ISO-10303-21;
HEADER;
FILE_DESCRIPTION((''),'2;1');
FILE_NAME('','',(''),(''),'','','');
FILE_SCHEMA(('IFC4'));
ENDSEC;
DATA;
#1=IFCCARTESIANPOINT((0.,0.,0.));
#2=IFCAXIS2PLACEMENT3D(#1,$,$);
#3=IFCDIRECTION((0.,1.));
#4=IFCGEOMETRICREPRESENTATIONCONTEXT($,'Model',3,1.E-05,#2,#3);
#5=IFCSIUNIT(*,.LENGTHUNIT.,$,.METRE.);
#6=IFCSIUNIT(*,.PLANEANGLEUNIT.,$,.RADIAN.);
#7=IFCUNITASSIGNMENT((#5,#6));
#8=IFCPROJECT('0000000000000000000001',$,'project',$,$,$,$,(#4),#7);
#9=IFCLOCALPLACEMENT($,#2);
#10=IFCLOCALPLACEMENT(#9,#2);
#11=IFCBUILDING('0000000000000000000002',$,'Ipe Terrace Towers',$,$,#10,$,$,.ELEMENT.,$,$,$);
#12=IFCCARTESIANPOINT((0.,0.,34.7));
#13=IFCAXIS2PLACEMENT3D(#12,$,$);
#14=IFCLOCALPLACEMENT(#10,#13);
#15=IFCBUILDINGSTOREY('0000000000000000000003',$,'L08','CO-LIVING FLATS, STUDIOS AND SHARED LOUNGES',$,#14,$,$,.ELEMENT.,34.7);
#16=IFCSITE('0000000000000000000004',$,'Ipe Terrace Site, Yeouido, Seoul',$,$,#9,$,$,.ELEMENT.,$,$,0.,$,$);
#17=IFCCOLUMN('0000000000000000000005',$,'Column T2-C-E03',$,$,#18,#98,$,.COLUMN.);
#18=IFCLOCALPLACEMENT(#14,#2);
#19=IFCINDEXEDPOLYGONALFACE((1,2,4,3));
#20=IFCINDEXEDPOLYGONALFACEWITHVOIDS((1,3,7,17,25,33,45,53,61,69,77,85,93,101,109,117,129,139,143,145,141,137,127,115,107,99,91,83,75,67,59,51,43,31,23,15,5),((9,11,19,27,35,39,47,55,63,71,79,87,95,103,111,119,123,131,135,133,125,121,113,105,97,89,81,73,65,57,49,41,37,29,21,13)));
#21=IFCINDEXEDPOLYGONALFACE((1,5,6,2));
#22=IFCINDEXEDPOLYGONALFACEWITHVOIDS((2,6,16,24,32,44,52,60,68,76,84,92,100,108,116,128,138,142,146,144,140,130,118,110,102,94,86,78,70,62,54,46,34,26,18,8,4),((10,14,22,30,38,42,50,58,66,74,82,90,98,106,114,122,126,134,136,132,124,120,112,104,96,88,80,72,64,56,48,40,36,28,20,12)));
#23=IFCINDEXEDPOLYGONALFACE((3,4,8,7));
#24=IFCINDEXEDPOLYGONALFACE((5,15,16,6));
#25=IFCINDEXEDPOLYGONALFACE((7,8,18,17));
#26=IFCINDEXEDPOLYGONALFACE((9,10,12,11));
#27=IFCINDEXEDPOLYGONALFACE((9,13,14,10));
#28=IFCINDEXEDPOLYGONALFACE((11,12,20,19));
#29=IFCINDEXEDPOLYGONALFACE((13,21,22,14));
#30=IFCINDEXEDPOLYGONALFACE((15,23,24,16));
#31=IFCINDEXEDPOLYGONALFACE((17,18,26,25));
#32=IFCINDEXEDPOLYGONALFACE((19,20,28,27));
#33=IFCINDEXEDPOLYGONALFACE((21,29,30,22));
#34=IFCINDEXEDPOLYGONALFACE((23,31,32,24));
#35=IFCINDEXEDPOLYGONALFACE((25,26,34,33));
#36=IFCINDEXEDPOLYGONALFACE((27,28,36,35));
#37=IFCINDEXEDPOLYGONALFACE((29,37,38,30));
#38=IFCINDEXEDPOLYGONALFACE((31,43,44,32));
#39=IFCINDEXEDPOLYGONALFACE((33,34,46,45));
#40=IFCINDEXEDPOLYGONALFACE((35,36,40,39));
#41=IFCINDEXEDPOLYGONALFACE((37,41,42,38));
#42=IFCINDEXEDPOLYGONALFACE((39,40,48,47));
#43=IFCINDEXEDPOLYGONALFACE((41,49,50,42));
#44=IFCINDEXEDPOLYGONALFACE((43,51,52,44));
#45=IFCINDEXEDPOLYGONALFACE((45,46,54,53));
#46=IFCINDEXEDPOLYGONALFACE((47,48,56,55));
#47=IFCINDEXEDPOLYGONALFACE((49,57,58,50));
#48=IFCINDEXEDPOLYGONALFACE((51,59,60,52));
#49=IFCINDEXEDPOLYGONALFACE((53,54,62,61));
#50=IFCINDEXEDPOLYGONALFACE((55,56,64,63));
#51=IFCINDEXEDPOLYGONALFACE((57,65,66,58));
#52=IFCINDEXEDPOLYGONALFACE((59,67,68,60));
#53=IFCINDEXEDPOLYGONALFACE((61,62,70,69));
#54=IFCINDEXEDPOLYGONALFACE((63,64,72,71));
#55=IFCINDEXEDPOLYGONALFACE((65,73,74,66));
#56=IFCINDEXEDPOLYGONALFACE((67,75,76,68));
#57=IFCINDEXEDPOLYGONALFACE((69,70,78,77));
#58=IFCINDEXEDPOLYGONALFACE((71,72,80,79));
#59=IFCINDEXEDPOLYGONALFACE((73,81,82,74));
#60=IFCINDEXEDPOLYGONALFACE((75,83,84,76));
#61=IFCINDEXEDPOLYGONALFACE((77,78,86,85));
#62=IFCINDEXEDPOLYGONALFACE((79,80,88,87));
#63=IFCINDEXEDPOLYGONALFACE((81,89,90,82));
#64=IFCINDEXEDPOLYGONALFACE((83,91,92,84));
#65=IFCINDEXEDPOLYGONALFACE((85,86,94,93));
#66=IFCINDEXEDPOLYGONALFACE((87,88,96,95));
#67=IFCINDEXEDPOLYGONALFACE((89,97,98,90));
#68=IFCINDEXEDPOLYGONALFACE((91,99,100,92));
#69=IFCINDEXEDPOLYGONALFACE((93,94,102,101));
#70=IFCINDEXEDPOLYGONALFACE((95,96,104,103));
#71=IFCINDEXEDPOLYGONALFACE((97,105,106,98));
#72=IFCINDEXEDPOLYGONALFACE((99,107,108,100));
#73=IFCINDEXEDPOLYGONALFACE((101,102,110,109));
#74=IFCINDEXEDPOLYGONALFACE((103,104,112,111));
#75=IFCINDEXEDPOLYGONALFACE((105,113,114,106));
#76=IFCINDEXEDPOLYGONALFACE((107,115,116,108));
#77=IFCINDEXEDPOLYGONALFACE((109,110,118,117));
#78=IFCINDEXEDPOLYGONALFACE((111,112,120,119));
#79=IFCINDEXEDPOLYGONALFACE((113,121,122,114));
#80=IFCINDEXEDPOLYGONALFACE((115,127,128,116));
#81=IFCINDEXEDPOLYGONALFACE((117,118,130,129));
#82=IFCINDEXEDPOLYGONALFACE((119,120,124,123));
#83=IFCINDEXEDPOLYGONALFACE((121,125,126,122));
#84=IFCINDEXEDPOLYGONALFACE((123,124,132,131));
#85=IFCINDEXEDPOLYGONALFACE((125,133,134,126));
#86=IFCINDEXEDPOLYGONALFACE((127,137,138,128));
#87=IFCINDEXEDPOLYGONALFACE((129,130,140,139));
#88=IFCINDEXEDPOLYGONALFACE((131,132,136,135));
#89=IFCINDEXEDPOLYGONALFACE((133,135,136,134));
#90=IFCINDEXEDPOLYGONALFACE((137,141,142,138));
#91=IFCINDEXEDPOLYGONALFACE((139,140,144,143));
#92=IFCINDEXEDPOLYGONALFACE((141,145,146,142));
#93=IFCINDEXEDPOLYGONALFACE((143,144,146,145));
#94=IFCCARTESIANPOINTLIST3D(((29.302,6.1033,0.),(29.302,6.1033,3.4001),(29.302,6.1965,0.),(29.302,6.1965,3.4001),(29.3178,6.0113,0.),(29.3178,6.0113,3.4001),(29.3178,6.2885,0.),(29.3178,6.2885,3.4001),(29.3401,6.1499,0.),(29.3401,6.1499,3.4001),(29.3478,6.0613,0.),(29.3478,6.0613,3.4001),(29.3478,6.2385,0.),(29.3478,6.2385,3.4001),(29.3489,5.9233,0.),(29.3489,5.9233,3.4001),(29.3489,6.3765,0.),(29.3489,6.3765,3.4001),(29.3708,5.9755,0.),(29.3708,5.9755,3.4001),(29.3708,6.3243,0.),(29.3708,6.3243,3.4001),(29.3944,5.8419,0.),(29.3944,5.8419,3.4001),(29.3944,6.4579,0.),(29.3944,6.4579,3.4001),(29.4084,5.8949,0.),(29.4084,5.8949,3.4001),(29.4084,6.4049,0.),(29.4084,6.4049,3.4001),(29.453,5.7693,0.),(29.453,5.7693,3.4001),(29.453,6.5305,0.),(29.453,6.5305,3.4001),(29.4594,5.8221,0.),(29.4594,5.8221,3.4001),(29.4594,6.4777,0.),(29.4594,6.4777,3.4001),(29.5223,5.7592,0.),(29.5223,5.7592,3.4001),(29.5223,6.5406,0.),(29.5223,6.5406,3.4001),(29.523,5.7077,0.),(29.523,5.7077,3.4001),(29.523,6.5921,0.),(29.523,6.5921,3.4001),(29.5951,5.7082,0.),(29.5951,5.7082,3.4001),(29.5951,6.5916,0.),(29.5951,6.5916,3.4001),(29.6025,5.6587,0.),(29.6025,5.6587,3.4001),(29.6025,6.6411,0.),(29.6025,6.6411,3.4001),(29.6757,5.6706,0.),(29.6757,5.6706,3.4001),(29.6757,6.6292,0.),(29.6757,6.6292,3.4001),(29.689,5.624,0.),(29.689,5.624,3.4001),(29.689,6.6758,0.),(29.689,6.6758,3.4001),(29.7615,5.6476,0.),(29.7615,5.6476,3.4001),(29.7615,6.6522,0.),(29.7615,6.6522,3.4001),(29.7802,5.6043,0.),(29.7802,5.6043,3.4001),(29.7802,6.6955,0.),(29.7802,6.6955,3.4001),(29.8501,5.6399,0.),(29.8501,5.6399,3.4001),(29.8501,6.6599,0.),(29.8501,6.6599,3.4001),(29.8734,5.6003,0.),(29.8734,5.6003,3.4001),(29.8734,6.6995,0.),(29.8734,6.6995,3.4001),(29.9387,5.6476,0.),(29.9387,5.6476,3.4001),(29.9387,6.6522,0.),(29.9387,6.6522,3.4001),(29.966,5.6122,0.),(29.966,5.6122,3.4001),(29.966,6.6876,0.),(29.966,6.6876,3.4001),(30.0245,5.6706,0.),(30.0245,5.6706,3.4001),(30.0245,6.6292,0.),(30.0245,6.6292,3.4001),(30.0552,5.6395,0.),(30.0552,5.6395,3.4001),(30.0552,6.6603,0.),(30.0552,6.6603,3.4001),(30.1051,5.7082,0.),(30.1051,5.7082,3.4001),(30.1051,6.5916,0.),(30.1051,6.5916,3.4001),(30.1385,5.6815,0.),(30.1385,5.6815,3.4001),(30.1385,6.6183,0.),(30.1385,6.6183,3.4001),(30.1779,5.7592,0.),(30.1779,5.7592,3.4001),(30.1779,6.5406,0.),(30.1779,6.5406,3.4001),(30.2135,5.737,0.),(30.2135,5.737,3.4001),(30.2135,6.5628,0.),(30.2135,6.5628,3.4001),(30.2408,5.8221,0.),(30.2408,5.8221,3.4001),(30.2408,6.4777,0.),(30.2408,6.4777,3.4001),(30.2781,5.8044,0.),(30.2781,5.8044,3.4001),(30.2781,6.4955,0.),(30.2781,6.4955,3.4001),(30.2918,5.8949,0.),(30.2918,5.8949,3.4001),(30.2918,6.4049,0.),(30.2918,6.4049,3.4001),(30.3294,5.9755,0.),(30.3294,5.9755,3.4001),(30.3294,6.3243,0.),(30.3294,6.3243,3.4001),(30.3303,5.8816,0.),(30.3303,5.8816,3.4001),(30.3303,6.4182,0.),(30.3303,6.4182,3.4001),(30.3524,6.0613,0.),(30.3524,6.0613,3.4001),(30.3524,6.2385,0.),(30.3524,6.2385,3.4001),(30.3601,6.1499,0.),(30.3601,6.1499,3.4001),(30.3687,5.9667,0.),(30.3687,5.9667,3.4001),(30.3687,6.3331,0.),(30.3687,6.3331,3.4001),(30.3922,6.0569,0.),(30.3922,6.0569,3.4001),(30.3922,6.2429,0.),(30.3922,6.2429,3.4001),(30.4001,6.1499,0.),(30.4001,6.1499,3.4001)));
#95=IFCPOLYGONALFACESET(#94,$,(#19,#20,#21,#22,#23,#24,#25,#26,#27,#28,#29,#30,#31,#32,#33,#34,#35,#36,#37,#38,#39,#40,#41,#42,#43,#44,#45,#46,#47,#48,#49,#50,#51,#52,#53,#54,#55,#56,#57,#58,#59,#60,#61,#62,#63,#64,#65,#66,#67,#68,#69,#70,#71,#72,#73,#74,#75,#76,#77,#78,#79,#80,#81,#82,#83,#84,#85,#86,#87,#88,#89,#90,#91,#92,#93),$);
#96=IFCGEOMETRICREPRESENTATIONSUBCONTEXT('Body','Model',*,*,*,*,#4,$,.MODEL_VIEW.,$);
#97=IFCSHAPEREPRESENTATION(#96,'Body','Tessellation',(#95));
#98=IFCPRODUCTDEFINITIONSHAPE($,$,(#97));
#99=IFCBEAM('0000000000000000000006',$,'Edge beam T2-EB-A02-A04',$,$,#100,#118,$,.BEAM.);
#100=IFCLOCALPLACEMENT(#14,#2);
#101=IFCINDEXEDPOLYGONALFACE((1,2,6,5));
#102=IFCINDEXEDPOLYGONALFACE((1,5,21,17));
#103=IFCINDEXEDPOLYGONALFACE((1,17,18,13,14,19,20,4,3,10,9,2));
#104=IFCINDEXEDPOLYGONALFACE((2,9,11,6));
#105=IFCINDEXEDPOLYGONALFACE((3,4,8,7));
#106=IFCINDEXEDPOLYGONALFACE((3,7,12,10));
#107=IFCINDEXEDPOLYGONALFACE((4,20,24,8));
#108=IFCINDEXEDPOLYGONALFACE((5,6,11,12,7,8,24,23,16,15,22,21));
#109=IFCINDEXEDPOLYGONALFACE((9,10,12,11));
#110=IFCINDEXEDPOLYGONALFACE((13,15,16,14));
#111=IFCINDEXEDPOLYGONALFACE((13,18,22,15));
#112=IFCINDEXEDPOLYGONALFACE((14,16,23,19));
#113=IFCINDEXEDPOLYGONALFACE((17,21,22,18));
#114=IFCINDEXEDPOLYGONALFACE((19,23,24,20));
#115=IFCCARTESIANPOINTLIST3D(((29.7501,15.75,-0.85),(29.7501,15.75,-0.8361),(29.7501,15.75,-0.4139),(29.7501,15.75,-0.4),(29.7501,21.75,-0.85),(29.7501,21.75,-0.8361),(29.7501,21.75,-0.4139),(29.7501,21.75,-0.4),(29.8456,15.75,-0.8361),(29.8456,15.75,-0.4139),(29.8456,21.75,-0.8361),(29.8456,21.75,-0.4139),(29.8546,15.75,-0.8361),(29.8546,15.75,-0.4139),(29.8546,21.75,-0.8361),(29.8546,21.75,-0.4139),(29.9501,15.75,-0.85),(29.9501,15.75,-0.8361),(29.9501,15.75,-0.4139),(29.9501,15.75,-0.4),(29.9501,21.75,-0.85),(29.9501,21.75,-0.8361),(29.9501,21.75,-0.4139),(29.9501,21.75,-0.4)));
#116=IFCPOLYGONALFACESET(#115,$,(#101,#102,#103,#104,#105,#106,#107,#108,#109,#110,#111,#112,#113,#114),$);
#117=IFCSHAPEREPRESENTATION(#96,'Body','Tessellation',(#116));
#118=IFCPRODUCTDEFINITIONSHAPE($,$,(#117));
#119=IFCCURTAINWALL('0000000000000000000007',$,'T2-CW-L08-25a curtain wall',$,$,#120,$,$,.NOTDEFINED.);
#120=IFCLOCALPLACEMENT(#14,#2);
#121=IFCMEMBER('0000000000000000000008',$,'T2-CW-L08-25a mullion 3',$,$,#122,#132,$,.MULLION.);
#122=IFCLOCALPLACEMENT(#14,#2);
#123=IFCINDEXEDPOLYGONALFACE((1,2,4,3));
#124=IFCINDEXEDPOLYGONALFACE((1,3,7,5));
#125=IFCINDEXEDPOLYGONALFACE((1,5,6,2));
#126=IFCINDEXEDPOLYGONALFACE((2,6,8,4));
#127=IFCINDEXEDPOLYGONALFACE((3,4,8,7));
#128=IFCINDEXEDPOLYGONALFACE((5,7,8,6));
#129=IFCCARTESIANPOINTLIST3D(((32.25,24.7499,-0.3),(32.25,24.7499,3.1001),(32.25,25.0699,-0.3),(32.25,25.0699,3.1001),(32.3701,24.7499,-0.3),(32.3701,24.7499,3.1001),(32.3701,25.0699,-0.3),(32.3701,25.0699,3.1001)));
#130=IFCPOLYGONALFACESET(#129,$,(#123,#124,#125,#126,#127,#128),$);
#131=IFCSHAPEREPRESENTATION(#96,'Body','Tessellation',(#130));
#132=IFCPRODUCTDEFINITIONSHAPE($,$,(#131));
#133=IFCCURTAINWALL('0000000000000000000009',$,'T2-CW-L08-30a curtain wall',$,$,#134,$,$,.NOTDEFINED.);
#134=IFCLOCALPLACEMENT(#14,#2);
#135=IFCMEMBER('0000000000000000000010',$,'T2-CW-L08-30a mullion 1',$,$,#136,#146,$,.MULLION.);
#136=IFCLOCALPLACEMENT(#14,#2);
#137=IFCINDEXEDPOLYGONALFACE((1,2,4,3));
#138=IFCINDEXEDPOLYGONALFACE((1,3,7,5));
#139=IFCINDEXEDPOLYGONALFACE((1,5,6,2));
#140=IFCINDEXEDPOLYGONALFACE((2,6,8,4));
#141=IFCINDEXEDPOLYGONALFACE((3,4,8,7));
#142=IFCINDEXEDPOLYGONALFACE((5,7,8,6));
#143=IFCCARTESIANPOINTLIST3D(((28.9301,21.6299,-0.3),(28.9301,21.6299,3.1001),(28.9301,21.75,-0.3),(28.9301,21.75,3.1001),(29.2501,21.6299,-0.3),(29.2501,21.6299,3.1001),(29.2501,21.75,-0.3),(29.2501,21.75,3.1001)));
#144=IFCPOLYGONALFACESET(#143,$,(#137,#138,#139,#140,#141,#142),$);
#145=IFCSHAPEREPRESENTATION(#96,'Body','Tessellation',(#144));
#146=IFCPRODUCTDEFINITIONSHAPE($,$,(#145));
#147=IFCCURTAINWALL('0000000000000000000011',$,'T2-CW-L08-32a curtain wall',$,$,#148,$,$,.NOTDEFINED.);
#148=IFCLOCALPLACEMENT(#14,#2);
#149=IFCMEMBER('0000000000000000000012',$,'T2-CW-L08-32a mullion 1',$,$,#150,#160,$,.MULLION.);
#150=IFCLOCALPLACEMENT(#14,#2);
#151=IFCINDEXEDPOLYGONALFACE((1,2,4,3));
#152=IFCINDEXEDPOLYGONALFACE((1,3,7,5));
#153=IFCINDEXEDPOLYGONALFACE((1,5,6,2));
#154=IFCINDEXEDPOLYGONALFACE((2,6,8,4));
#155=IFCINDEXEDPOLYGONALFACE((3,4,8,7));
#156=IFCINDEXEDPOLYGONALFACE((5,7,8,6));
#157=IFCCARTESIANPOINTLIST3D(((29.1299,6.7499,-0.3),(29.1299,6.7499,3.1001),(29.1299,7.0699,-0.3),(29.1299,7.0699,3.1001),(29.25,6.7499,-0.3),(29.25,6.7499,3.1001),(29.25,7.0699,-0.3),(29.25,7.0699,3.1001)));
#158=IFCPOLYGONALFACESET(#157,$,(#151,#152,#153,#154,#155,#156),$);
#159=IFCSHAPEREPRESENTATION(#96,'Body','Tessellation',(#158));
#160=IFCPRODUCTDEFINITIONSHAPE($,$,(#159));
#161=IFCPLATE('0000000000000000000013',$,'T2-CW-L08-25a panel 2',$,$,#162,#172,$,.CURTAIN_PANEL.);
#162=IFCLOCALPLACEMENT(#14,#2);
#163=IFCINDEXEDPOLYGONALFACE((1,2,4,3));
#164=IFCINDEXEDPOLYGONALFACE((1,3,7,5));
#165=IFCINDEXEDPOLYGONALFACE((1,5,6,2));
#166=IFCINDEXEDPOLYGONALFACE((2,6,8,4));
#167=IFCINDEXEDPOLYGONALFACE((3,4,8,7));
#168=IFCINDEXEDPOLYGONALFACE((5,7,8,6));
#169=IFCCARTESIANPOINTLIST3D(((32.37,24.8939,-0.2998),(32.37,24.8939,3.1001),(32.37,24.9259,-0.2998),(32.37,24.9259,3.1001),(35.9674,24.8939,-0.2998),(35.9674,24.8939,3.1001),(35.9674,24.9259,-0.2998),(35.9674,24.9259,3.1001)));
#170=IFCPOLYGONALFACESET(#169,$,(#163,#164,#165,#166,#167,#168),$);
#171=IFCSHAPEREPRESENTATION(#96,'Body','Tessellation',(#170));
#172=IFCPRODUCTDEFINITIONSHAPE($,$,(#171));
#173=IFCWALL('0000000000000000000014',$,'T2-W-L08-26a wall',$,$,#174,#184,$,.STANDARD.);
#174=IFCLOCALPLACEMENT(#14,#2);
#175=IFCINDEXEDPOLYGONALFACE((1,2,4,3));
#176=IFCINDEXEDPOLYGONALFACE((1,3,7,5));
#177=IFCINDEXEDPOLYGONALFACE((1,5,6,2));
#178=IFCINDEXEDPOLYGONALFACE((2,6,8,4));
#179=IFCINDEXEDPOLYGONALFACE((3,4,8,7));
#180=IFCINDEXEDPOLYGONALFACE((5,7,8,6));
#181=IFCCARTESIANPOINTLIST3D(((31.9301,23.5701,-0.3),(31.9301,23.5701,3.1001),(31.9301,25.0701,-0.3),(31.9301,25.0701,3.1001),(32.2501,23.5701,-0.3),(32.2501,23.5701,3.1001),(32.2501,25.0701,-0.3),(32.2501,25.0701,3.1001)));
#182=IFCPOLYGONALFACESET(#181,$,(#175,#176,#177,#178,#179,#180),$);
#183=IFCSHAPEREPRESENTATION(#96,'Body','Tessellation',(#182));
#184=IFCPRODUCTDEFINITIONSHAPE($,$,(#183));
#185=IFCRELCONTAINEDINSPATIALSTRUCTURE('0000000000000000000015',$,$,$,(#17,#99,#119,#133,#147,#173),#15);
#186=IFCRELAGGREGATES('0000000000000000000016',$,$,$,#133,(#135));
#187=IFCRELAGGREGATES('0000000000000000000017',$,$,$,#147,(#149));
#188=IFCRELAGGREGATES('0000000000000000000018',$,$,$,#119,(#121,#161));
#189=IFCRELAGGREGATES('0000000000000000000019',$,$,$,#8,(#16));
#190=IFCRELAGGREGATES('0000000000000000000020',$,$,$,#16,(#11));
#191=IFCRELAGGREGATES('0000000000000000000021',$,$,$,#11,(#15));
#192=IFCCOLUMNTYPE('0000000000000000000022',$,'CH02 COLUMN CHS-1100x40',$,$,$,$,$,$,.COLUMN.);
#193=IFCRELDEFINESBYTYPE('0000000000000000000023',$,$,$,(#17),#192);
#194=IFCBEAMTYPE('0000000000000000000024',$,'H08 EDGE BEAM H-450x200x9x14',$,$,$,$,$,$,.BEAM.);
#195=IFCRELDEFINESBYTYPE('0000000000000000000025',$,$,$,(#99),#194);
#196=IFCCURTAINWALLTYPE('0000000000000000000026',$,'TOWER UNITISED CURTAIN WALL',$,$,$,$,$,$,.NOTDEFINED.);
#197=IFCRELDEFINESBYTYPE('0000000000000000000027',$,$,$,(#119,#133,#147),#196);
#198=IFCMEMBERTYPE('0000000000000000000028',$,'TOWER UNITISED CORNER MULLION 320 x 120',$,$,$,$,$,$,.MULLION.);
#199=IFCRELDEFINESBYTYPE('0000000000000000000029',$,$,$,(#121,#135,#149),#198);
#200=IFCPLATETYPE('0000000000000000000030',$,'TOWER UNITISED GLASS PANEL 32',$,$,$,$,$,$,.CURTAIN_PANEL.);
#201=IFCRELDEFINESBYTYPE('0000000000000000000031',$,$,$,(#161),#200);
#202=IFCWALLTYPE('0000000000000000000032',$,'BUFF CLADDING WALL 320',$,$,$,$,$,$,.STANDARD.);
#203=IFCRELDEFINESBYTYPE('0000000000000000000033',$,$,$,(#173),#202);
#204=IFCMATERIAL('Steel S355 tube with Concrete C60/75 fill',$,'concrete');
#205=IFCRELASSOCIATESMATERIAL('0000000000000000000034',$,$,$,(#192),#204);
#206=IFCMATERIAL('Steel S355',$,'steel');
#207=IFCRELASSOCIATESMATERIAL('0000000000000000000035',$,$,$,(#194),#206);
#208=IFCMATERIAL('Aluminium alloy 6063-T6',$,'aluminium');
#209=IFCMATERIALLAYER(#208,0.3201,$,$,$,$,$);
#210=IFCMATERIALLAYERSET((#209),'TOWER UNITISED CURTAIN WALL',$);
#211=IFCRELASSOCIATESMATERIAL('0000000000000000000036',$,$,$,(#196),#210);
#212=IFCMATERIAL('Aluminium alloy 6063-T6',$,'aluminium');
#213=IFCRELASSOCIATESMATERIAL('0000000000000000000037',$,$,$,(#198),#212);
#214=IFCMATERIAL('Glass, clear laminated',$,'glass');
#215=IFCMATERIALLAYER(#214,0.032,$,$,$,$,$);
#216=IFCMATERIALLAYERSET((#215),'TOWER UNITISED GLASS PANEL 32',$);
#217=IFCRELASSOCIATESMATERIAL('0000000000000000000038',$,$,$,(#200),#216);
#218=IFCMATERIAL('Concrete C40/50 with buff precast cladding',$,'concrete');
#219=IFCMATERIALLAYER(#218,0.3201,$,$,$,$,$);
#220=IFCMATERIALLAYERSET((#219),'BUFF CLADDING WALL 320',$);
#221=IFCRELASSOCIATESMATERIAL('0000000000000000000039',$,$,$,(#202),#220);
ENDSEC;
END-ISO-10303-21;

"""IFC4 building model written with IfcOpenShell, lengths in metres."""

from ifc_helpers import new_model, si_unit, direction, frame, frame_2d, origin, origin_2d, place, context, subcontext, project, spatial, rectangle, hollow_circle, i_section, extrude, material, layer, layer_set, material_profile, profile_set, type_object, element, aggregate, save


model = new_model("IFC4")

# Units and contexts
model_context = context("Model", 3, precision=1e-05, world=origin(), true_north=direction((0.0, 1.0)))
body_context = subcontext(model_context, "Body", "Model", "MODEL_VIEW")
ifc_project = project(units=[si_unit("LENGTHUNIT", "METRE"), si_unit("PLANEANGLEUNIT", "RADIAN")], contexts=[model_context])

# Site, building, storey
site_placement = place(None, origin())
site = spatial("IfcSite", under=ifc_project, at=site_placement, Name="Ipe Terrace Site, Yeouido, Seoul", CompositionType="ELEMENT", RefElevation=0.0)
building_placement = place(site_placement, origin())
building = spatial("IfcBuilding", under=site, at=building_placement, Name="Ipe Terrace Towers", CompositionType="ELEMENT")
storey_placement = place(building_placement, frame((0.0, 0.0, 34.7)))
storey = spatial("IfcBuildingStorey", under=building, at=storey_placement, Name="L08", Description="CO-LIVING FLATS, STUDIOS AND SHARED LOUNGES", CompositionType="ELEMENT", Elevation=34.7)

# Column
ifc_material_1 = material(Name="Steel S355 tube with Concrete C60/75 fill", Category="concrete")
ifc_material_profile_1 = material_profile(ifc_material_1, hollow_circle(Radius=0.55, WallThickness=0.04, at=origin_2d()), Name="CHS-1100x40")
ifc_profile_set_1 = profile_set([ifc_material_profile_1], Name="Steel S355 tube with Concrete C60/75 fill")
column_type_1 = type_object("IfcColumnType", Name="CH02 COLUMN CHS-1100x40", PredefinedType="COLUMN", material=ifc_profile_set_1)
column_placement = place(storey_placement, frame((29.8501, 6.1499, 0.0), z_axis=(0.0, 0.0, 1.0), x_axis=(1.0, 0.0, 0.0)))
element("IfcColumn", 1, at=column_placement, inside=storey, type_object=column_type_1, Name="Column T2-C-E03", PredefinedType="COLUMN", context=body_context, shape_type="SweptSolid", body=[
    extrude(hollow_circle(Radius=0.55, WallThickness=0.04, at=origin_2d()), origin(), (0.0, 0.0, 1.0), 3.4001),
])

# Beam
ifc_material_2 = material(Name="Steel S355", Category="steel")
ifc_material_profile_2 = material_profile(ifc_material_2, i_section(OverallWidth=0.2, OverallDepth=0.45, WebThickness=0.009, FlangeThickness=0.0139, at=origin_2d()), Name="H-450x200x9x14")
ifc_profile_set_2 = profile_set([ifc_material_profile_2], Name="Steel S355")
beam_type = type_object("IfcBeamType", Name="H08 EDGE BEAM H-450x200x9x14", PredefinedType="BEAM", material=ifc_profile_set_2)
beam_placement = place(storey_placement, frame((29.8501, 15.75, -0.625), z_axis=(0.0, 1.0, 0.0), x_axis=(-1.0, 0.0, 0.0)))
element("IfcBeam", 2, at=beam_placement, inside=storey, type_object=beam_type, Name="Edge beam T2-EB-A02-A04", PredefinedType="BEAM", context=body_context, shape_type="SweptSolid", body=[
    extrude(i_section(OverallWidth=0.2, OverallDepth=0.45, WebThickness=0.009, FlangeThickness=0.0139, at=origin_2d()), origin(), (0.0, 0.0, 1.0), 6.0),
])

# Curtain walls, members
ifc_material_3 = material(Name="Aluminium alloy 6063-T6", Category="aluminium")
ifc_layer_1 = layer(ifc_material_3, 0.3201)
ifc_layer_set_1 = layer_set([ifc_layer_1], Name="TOWER UNITISED CURTAIN WALL")
curtain_wall_type = type_object("IfcCurtainWallType", Name="TOWER UNITISED CURTAIN WALL", PredefinedType="NOTDEFINED", material=ifc_layer_set_1)
curtain_wall_1_placement = place(storey_placement, origin())
curtain_wall_1 = element("IfcCurtainWall", 3, at=curtain_wall_1_placement, inside=storey, type_object=curtain_wall_type, Name="T2-CW-L08-25a curtain wall", PredefinedType="NOTDEFINED")
ifc_material_4 = material(Name="Aluminium alloy 6063-T6", Category="aluminium")
ifc_material_profile_3 = material_profile(ifc_material_4, rectangle(XDim=0.3201, YDim=0.1201, at=origin_2d()), Name="TOWER UNITISED CORNER MULLION 320 x 120")
ifc_profile_set_3 = profile_set([ifc_material_profile_3], Name="Aluminium alloy 6063-T6")
member_type = type_object("IfcMemberType", Name="TOWER UNITISED CORNER MULLION 320 x 120", PredefinedType="MULLION", material=ifc_profile_set_3)
member_1_placement = place(storey_placement, frame((32.3101, 24.9099, -0.3), z_axis=(0.0, 0.0, 1.0), x_axis=(0.0, 1.0, 0.0)))
member_1 = element("IfcMember", 4, at=member_1_placement, type_object=member_type, Name="T2-CW-L08-25a mullion 3", PredefinedType="MULLION", context=body_context, shape_type="SweptSolid", body=[
    extrude(rectangle(XDim=0.3201, YDim=0.1201, at=origin_2d()), origin(), (0.0, 0.0, 1.0), 3.4001),
])
curtain_wall_2_placement = place(storey_placement, origin())
curtain_wall_2 = element("IfcCurtainWall", 5, at=curtain_wall_2_placement, inside=storey, type_object=curtain_wall_type, Name="T2-CW-L08-30a curtain wall", PredefinedType="NOTDEFINED")
member_2_placement = place(storey_placement, frame((29.0901, 21.6899, -0.3), z_axis=(0.0, 0.0, 1.0), x_axis=(-1.0, 0.0, 0.0)))
member_2 = element("IfcMember", 6, at=member_2_placement, type_object=member_type, Name="T2-CW-L08-30a mullion 1", PredefinedType="MULLION", context=body_context, shape_type="SweptSolid", body=[
    extrude(rectangle(XDim=0.3201, YDim=0.1201, at=origin_2d()), origin(), (0.0, 0.0, 1.0), 3.4001),
])
aggregate(curtain_wall_2, [member_2])
curtain_wall_3_placement = place(storey_placement, origin())
curtain_wall_3 = element("IfcCurtainWall", 7, at=curtain_wall_3_placement, inside=storey, type_object=curtain_wall_type, Name="T2-CW-L08-32a curtain wall", PredefinedType="NOTDEFINED")
member_3_placement = place(storey_placement, frame((29.1899, 6.9099, -0.3), z_axis=(0.0, 0.0, 1.0), x_axis=(0.0, 1.0, 0.0)))
member_3 = element("IfcMember", 8, at=member_3_placement, type_object=member_type, Name="T2-CW-L08-32a mullion 1", PredefinedType="MULLION", context=body_context, shape_type="SweptSolid", body=[
    extrude(rectangle(XDim=0.3201, YDim=0.1201, at=origin_2d()), origin(), (0.0, 0.0, 1.0), 3.4001),
])
aggregate(curtain_wall_3, [member_3])

# Plate
ifc_material_5 = material(Name="Glass, clear laminated", Category="glass")
ifc_layer_2 = layer(ifc_material_5, 0.032)
ifc_layer_set_2 = layer_set([ifc_layer_2], Name="TOWER UNITISED GLASS PANEL 32")
plate_type = type_object("IfcPlateType", Name="TOWER UNITISED GLASS PANEL 32", PredefinedType="CURTAIN_PANEL", material=ifc_layer_set_2)
plate_placement = place(storey_placement, frame((34.1687, 24.9099, -0.2998), z_axis=(0.0, 0.0, 1.0), x_axis=(-1.0, 0.0, 0.0)))
plate = element("IfcPlate", 9, at=plate_placement, type_object=plate_type, Name="T2-CW-L08-25a panel 2", PredefinedType="CURTAIN_PANEL", context=body_context, shape_type="SweptSolid", body=[
    extrude(rectangle(XDim=3.5974, YDim=0.032, at=origin_2d()), origin(), (0.0, 0.0, 1.0), 3.3999),
])
aggregate(curtain_wall_1, [member_1, plate])

# Wall
ifc_material_6 = material(Name="Concrete C40/50 with buff precast cladding", Category="concrete")
ifc_layer_3 = layer(ifc_material_6, 0.3201)
ifc_layer_set_3 = layer_set([ifc_layer_3], Name="BUFF CLADDING WALL 320")
wall_type_1 = type_object("IfcWallType", Name="BUFF CLADDING WALL 320", PredefinedType="STANDARD", material=ifc_layer_set_3)
wall_1_placement = place(storey_placement, frame((32.0901, 25.0701, -0.3), z_axis=(0.0, 0.0, 1.0), x_axis=(0.0, -1.0, 0.0)))
element("IfcWall", 10, at=wall_1_placement, inside=storey, type_object=wall_type_1, Name="T2-W-L08-26a wall", PredefinedType="STANDARD", context=body_context, shape_type="SweptSolid", body=[
    extrude(rectangle(XDim=1.5, YDim=0.3201, at=frame_2d((0.75, 0.0))), origin(), (0.0, 0.0, 1.0), 3.4001),
])

save(model, "model.ifc")
